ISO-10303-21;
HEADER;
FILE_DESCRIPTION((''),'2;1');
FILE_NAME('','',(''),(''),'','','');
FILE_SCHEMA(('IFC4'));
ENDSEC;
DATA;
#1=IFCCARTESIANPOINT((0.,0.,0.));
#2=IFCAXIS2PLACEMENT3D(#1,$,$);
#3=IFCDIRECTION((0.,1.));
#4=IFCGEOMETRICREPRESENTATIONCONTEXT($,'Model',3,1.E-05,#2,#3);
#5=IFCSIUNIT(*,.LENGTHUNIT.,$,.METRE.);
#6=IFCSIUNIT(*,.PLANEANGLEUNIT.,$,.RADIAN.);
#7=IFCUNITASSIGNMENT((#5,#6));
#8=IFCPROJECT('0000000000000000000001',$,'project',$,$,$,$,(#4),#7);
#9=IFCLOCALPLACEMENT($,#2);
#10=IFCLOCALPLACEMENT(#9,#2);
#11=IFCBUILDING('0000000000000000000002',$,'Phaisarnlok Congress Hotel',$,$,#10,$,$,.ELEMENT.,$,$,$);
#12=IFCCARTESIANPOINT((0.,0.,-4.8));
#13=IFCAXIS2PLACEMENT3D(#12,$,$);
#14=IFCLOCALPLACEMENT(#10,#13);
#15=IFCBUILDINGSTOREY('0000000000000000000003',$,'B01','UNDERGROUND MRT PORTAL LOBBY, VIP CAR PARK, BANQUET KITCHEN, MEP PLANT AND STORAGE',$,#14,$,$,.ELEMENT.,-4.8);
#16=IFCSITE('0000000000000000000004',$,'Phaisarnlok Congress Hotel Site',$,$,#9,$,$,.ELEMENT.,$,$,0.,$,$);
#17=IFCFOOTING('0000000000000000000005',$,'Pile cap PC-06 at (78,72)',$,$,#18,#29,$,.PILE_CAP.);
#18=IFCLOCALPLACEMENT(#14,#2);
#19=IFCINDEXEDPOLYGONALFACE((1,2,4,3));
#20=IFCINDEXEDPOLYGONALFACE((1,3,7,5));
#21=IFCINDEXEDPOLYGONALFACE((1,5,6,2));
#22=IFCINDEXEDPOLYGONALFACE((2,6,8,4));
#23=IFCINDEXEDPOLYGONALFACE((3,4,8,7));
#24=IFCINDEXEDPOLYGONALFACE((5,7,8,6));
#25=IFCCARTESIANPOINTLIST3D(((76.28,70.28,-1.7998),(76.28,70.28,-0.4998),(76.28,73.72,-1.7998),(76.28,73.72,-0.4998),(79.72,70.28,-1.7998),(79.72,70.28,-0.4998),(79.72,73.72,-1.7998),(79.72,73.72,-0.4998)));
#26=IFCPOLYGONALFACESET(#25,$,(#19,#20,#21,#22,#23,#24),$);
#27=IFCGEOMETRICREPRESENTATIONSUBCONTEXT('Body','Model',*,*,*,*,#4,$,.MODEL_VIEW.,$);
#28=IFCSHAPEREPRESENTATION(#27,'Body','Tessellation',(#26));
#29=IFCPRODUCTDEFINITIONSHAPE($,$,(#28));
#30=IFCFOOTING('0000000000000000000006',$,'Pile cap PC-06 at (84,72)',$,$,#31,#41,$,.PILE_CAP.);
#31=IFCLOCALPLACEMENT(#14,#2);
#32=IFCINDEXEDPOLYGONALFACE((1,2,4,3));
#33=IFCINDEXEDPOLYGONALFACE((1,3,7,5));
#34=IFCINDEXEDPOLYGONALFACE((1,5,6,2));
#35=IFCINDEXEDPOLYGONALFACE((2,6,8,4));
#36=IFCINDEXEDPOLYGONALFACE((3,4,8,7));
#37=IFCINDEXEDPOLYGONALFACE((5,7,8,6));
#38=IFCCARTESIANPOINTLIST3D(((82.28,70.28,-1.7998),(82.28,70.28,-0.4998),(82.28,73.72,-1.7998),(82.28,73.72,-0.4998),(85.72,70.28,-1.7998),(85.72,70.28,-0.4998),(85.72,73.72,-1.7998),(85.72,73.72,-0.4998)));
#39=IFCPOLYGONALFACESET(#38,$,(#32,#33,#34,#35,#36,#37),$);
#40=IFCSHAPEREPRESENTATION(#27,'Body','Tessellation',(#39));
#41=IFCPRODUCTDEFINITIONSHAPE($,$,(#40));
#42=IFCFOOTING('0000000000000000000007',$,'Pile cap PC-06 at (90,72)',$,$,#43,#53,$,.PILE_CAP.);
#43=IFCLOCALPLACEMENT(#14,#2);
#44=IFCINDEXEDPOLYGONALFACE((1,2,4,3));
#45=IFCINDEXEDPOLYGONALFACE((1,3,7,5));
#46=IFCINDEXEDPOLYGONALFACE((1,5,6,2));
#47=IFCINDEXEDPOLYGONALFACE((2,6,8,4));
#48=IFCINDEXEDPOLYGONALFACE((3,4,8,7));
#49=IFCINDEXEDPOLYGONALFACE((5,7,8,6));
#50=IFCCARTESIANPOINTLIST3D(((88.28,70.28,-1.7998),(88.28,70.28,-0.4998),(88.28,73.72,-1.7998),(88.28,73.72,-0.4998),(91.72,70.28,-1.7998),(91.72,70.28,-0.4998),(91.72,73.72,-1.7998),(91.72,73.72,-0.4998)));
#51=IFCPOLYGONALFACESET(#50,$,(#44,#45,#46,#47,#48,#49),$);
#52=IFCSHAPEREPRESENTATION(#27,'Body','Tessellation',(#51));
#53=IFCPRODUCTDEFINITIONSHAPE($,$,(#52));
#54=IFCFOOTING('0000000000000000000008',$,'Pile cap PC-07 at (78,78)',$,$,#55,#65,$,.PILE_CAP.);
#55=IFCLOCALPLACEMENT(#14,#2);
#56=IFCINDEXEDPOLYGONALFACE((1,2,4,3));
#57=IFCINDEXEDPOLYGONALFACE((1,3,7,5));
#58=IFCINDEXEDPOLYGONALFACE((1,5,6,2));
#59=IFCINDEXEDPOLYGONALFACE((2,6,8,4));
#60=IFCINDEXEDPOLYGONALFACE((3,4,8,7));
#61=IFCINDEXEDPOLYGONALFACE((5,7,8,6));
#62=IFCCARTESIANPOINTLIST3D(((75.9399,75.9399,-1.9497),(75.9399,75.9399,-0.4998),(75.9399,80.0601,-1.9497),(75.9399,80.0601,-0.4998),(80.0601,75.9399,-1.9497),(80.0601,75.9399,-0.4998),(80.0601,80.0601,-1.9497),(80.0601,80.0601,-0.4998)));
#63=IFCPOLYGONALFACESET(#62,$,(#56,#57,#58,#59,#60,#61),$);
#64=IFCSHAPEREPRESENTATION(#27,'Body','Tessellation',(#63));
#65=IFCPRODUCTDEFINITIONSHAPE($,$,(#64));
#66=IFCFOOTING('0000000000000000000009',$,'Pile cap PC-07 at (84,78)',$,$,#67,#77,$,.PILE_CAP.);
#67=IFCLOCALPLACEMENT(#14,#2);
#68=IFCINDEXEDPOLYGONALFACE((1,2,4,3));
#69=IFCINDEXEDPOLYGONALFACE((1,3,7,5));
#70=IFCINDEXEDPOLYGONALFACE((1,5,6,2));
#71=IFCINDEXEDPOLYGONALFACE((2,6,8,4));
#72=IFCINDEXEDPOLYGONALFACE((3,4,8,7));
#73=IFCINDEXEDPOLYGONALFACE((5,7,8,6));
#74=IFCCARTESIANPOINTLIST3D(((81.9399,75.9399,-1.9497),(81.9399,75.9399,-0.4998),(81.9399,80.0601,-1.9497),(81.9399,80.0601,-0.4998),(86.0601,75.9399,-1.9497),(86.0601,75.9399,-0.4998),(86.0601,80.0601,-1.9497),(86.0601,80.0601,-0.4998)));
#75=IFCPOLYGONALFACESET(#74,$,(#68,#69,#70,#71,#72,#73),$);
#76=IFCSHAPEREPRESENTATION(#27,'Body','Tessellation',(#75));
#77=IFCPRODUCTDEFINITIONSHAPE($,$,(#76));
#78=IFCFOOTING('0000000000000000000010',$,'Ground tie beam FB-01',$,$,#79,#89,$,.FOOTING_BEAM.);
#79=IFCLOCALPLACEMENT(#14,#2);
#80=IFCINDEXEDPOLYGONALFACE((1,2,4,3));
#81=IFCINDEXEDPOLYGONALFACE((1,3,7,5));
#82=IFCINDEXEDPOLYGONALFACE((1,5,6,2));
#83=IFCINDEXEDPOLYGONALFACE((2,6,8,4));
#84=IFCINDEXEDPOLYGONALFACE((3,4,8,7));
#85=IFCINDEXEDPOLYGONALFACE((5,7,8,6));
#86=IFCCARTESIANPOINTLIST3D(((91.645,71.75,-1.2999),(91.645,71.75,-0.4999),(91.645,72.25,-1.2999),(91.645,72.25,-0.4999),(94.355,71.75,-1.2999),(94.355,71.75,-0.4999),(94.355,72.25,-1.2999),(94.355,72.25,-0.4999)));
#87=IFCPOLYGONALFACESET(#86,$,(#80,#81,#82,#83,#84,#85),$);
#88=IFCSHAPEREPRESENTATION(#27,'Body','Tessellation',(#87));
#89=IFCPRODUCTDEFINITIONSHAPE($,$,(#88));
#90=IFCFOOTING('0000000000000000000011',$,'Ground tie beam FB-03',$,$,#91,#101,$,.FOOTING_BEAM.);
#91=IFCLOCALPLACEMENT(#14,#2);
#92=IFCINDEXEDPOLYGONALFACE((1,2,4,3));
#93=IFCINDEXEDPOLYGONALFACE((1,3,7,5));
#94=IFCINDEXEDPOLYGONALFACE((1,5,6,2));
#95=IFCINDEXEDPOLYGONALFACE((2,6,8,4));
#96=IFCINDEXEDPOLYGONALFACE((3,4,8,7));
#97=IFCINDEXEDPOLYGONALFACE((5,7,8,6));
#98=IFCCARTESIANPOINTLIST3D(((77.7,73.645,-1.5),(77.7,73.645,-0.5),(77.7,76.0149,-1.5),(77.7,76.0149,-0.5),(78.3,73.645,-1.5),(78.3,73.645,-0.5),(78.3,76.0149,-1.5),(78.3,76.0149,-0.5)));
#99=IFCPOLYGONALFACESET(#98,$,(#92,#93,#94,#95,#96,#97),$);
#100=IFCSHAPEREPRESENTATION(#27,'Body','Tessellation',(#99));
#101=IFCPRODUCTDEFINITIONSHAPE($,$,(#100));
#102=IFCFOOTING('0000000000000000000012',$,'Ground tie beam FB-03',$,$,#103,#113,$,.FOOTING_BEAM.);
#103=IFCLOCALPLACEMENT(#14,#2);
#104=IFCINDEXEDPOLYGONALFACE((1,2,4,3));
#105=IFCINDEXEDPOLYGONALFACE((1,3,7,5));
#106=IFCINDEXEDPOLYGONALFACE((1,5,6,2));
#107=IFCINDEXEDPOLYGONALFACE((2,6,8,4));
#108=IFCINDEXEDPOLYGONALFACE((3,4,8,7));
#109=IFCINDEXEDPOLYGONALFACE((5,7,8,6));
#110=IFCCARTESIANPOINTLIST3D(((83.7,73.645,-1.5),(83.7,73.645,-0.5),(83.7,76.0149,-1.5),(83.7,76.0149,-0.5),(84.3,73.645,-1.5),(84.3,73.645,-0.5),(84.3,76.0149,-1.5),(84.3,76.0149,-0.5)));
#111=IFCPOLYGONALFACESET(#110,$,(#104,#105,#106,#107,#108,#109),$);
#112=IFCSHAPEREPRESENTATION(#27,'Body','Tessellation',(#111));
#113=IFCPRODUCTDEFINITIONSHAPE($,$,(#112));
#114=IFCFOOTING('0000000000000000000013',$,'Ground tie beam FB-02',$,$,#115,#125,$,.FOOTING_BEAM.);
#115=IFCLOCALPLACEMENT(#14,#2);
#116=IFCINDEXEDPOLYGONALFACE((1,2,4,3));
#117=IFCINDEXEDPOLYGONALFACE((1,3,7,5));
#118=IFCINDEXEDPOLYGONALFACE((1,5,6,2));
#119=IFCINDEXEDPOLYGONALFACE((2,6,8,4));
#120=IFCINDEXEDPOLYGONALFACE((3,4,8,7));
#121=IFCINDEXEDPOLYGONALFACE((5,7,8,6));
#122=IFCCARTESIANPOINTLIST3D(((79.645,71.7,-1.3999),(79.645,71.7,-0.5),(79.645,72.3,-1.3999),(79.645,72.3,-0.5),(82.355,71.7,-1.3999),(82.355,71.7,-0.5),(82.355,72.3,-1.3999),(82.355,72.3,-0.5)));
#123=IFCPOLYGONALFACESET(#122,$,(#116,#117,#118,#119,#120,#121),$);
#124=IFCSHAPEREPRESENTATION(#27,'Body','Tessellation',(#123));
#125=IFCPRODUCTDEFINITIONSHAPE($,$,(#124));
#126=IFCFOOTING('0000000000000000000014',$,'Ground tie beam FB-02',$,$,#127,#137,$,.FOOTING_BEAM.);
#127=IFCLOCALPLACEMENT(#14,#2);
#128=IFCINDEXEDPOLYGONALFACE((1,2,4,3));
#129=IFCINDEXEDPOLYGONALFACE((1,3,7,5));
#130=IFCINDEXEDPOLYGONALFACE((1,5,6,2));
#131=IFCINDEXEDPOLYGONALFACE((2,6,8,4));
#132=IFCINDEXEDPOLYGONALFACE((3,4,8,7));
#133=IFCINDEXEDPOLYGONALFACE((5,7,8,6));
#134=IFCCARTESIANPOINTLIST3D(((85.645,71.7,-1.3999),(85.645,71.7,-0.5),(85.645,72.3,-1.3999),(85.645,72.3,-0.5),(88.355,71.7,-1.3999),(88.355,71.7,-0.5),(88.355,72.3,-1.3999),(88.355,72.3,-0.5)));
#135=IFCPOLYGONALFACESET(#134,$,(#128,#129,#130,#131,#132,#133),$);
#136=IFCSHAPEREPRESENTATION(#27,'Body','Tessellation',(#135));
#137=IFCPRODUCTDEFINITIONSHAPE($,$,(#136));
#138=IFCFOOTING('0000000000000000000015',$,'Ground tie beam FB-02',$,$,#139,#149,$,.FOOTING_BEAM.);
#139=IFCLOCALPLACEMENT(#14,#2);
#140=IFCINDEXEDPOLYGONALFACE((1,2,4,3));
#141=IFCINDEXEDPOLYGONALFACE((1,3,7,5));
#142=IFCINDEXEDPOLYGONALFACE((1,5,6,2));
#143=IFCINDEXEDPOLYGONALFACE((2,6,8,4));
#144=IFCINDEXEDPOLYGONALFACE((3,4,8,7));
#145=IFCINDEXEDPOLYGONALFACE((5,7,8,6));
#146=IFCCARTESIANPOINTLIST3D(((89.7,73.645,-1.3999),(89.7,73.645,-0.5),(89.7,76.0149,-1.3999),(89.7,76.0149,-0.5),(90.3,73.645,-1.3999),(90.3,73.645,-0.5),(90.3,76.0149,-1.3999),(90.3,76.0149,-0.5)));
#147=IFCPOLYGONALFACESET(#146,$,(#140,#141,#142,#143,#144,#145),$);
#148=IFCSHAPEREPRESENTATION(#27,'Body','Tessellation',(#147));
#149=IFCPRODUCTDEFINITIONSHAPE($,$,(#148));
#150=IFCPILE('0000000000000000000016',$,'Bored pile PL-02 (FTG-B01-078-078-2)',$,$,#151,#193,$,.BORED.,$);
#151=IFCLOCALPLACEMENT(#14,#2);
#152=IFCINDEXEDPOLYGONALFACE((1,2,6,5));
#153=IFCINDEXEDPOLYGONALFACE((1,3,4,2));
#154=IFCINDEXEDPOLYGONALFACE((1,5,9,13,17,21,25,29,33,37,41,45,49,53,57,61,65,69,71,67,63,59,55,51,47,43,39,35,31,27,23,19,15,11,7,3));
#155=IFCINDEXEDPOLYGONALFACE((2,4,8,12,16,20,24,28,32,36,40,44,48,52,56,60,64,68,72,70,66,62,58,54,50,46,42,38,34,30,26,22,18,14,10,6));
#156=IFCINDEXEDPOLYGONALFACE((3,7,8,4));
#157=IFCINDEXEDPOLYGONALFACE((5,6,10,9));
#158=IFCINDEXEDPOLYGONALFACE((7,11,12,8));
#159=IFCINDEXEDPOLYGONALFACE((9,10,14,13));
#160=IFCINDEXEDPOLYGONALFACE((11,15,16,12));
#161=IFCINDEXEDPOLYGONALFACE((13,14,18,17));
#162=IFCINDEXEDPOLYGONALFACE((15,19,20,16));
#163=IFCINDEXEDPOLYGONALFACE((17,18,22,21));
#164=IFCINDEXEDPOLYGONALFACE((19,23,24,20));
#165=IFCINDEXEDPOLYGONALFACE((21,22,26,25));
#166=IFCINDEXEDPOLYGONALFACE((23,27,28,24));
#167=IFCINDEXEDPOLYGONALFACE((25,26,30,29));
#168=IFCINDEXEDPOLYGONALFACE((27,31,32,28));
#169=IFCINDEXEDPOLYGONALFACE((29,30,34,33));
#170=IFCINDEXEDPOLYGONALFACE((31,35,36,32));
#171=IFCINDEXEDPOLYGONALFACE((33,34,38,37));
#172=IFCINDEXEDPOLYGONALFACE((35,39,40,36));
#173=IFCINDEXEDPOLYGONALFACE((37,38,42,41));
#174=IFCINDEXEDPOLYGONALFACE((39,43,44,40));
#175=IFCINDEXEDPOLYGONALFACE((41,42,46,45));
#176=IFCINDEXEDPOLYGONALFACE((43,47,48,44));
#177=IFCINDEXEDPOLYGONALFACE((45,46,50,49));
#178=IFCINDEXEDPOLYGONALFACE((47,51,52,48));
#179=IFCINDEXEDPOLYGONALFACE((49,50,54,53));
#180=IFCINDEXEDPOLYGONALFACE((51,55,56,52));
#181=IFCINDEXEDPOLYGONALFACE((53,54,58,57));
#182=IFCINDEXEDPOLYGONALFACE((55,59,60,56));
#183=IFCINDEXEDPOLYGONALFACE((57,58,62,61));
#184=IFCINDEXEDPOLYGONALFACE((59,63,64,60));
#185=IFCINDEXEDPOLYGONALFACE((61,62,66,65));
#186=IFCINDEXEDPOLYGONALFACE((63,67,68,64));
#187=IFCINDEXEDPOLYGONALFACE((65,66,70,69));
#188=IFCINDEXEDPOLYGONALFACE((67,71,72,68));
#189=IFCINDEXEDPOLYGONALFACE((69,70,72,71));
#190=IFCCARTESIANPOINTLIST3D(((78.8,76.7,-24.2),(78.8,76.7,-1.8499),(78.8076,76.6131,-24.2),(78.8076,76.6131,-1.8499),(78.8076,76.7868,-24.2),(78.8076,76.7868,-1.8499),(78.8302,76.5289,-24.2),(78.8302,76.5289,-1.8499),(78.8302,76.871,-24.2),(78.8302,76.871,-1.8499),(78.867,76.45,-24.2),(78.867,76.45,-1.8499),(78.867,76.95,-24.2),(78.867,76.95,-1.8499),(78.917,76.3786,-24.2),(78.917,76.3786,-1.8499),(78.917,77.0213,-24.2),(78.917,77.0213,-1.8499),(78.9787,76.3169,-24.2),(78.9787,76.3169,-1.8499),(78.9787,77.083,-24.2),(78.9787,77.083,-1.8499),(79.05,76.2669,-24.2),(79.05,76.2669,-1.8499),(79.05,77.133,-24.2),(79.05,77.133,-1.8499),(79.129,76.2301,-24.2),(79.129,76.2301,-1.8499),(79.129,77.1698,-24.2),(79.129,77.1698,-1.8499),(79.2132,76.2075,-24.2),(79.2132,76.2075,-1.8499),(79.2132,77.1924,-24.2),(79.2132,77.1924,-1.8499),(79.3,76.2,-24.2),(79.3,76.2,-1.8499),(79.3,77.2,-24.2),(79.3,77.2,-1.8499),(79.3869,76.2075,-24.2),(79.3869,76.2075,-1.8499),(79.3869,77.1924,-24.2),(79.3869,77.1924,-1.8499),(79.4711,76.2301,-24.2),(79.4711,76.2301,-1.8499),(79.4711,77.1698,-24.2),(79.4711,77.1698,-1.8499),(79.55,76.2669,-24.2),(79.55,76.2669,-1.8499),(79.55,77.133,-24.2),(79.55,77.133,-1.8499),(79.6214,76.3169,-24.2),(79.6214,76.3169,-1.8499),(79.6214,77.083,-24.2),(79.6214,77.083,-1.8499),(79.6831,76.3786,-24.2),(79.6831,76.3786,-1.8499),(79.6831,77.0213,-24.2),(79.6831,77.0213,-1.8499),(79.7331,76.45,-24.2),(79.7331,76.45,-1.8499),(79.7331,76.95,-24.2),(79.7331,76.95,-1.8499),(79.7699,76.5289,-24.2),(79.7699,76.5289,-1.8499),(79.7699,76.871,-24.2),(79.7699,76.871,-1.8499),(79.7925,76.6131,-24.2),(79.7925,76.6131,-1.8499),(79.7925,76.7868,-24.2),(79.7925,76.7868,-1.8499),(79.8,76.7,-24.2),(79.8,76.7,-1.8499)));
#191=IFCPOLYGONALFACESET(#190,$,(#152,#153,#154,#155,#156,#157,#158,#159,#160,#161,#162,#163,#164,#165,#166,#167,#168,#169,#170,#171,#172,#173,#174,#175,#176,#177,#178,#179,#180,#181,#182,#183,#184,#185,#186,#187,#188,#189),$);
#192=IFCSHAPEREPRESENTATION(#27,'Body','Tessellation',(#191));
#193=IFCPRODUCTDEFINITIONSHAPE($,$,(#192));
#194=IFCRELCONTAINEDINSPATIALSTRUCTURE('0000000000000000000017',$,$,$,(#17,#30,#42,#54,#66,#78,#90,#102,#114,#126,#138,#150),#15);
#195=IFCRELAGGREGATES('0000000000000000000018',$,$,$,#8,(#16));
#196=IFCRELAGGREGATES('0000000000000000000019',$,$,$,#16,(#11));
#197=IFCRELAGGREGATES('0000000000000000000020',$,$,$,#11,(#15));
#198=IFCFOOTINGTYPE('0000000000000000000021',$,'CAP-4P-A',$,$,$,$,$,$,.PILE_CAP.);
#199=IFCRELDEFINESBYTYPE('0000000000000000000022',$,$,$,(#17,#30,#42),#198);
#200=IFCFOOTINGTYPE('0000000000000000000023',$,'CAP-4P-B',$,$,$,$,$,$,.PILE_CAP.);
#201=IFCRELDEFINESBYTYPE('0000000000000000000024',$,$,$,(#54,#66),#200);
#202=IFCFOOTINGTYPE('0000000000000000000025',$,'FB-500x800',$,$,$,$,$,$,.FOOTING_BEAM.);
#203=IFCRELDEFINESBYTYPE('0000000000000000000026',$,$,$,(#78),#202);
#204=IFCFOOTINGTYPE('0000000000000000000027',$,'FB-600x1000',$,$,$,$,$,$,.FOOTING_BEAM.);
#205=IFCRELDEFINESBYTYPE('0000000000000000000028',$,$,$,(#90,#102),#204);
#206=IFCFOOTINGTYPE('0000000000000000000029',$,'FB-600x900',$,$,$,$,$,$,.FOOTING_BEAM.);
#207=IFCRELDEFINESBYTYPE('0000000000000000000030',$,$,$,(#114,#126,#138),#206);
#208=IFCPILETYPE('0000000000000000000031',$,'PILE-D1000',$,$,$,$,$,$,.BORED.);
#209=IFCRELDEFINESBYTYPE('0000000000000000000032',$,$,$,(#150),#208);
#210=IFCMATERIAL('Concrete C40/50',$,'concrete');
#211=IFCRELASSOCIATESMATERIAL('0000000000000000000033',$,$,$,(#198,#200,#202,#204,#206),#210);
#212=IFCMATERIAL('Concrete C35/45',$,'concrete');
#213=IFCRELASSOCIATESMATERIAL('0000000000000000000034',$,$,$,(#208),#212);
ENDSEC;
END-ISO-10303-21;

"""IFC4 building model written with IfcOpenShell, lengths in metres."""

from ifc_helpers import new_model, si_unit, direction, frame, origin, origin_2d, place, context, subcontext, project, spatial, rectangle, circle, extrude, material, material_profile, profile_set, type_object, element, save


model = new_model("IFC4")

# Units and contexts
model_context = context("Model", 3, precision=1e-05, world=origin(), true_north=direction((0.0, 1.0)))
body_context = subcontext(model_context, "Body", "Model", "MODEL_VIEW")
ifc_project = project(units=[si_unit("LENGTHUNIT", "METRE"), si_unit("PLANEANGLEUNIT", "RADIAN")], contexts=[model_context])

# Site, building, storey
site_placement = place(None, origin())
site = spatial("IfcSite", under=ifc_project, at=site_placement, Name="Phaisarnlok Congress Hotel Site", CompositionType="ELEMENT", RefElevation=0.0)
building_placement = place(site_placement, origin())
building = spatial("IfcBuilding", under=site, at=building_placement, Name="Phaisarnlok Congress Hotel", CompositionType="ELEMENT")
storey_placement = place(building_placement, frame((0.0, 0.0, -4.8)))
storey = spatial("IfcBuildingStorey", under=building, at=storey_placement, Name="B01", Description="UNDERGROUND MRT PORTAL LOBBY, VIP CAR PARK, BANQUET KITCHEN, MEP PLANT AND STORAGE", CompositionType="ELEMENT", Elevation=-4.8)

# Footings
ifc_material_1 = material(Name="Concrete C40/50", Category="concrete")
footing_type_1 = type_object("IfcFootingType", Name="CAP-4P-A", PredefinedType="PILE_CAP", material=ifc_material_1)
for number, where, z_axis, x_axis, name in (
    (1, (78.0, 72.0, -1.7998), (0.0, 0.0, 1.0), (1.0, 0.0, 0.0), "Pile cap PC-06 at (78,72)"),
    (2, (84.0, 72.0, -1.7998), (0.0, 0.0, 1.0), (1.0, 0.0, 0.0), "Pile cap PC-06 at (84,72)"),
    (3, (90.0, 72.0, -1.7998), (0.0, 0.0, 1.0), (1.0, 0.0, 0.0), "Pile cap PC-06 at (90,72)"),
):
    element("IfcFooting", number, at=place(storey_placement, frame(where, z_axis=z_axis, x_axis=x_axis)), inside=storey, type_object=footing_type_1, Name=name, PredefinedType="PILE_CAP", context=body_context, shape_type="SweptSolid", body=[
        extrude(rectangle(XDim=3.4399, YDim=3.4399, at=origin_2d()), origin(), (0.0, 0.0, 1.0), 1.3),
    ])
footing_type_2 = type_object("IfcFootingType", Name="CAP-4P-B", PredefinedType="PILE_CAP", material=ifc_material_1)
for number, where, z_axis, x_axis, name in (
    (4, (78.0, 78.0, -1.9497), (0.0, 0.0, 1.0), (1.0, 0.0, 0.0), "Pile cap PC-07 at (78,78)"),
    (5, (84.0, 78.0, -1.9497), (0.0, 0.0, 1.0), (1.0, 0.0, 0.0), "Pile cap PC-07 at (84,78)"),
):
    element("IfcFooting", number, at=place(storey_placement, frame(where, z_axis=z_axis, x_axis=x_axis)), inside=storey, type_object=footing_type_2, Name=name, PredefinedType="PILE_CAP", context=body_context, shape_type="SweptSolid", body=[
        extrude(rectangle(XDim=4.1201, YDim=4.1201, at=origin_2d()), origin(), (0.0, 0.0, 1.0), 1.45),
    ])
ifc_material_profile_1 = material_profile(ifc_material_1, rectangle(XDim=0.5, YDim=0.8, at=origin_2d()), Name="FB-500x800")
ifc_profile_set_1 = profile_set([ifc_material_profile_1], Name="Concrete C40/50")
footing_type_3 = type_object("IfcFootingType", Name="FB-500x800", PredefinedType="FOOTING_BEAM", material=ifc_profile_set_1)
footing_1_placement = place(storey_placement, frame((91.645, 72.0, -0.8999), z_axis=(1.0, 0.0, 0.0), x_axis=(0.0, 1.0, 0.0)))
element("IfcFooting", 6, at=footing_1_placement, inside=storey, type_object=footing_type_3, Name="Ground tie beam FB-01", PredefinedType="FOOTING_BEAM", context=body_context, shape_type="SweptSolid", body=[
    extrude(rectangle(XDim=0.5, YDim=0.8, at=origin_2d()), origin(), (0.0, 0.0, 1.0), 2.71),
])
ifc_material_profile_2 = material_profile(ifc_material_1, rectangle(XDim=0.6001, YDim=1.0, at=origin_2d()), Name="FB-600x1000")
ifc_profile_set_2 = profile_set([ifc_material_profile_2], Name="Concrete C40/50")
footing_type_4 = type_object("IfcFootingType", Name="FB-600x1000", PredefinedType="FOOTING_BEAM", material=ifc_profile_set_2)
for number, where, z_axis, x_axis, name in (
    (7, (78.0, 73.645, -1.0), (0.0, 1.0, 0.0), (-1.0, 0.0, 0.0), "Ground tie beam FB-03"),
    (8, (84.0, 73.645, -1.0), (0.0, 1.0, 0.0), (-1.0, 0.0, 0.0), "Ground tie beam FB-03"),
):
    element("IfcFooting", number, at=place(storey_placement, frame(where, z_axis=z_axis, x_axis=x_axis)), inside=storey, type_object=footing_type_4, Name=name, PredefinedType="FOOTING_BEAM", context=body_context, shape_type="SweptSolid", body=[
        extrude(rectangle(XDim=0.6001, YDim=1.0, at=origin_2d()), origin(), (0.0, 0.0, 1.0), 2.3699),
    ])
ifc_material_profile_3 = material_profile(ifc_material_1, rectangle(XDim=0.6001, YDim=0.8999, at=origin_2d()), Name="FB-600x900")
ifc_profile_set_3 = profile_set([ifc_material_profile_3], Name="Concrete C40/50")
footing_type_5 = type_object("IfcFootingType", Name="FB-600x900", PredefinedType="FOOTING_BEAM", material=ifc_profile_set_3)
for number, where, z_axis, x_axis, name in (
    (9, (79.645, 72.0, -0.95), (1.0, 0.0, 0.0), (0.0, 1.0, 0.0), "Ground tie beam FB-02"),
    (10, (85.645, 72.0, -0.95), (1.0, 0.0, 0.0), (0.0, 1.0, 0.0), "Ground tie beam FB-02"),
):
    element("IfcFooting", number, at=place(storey_placement, frame(where, z_axis=z_axis, x_axis=x_axis)), inside=storey, type_object=footing_type_5, Name=name, PredefinedType="FOOTING_BEAM", context=body_context, shape_type="SweptSolid", body=[
        extrude(rectangle(XDim=0.6001, YDim=0.8999, at=origin_2d()), origin(), (0.0, 0.0, 1.0), 2.71),
    ])
footing_2_placement = place(storey_placement, frame((90.0, 73.645, -0.95), z_axis=(0.0, 1.0, 0.0), x_axis=(-1.0, 0.0, 0.0)))
element("IfcFooting", 11, at=footing_2_placement, inside=storey, type_object=footing_type_5, Name="Ground tie beam FB-02", PredefinedType="FOOTING_BEAM", context=body_context, shape_type="SweptSolid", body=[
    extrude(rectangle(XDim=0.6001, YDim=0.8999, at=origin_2d()), origin(), (0.0, 0.0, 1.0), 2.3699),
])

# Pile
ifc_material_2 = material(Name="Concrete C35/45", Category="concrete")
ifc_material_profile_4 = material_profile(ifc_material_2, circle(Radius=0.5, at=origin_2d()), Name="BORED PILE D1000")
ifc_profile_set_4 = profile_set([ifc_material_profile_4], Name="Concrete C35/45")
pile_type_1 = type_object("IfcPileType", Name="PILE-D1000", PredefinedType="BORED", material=ifc_profile_set_4)
for number, where, z_axis, x_axis, name in (
    (12, (79.3, 76.7, -1.8499), (0.0, 0.0, -1.0), (1.0, 0.0, 0.0), "Bored pile PL-02 (FTG-B01-078-078-2)"),
):
    element("IfcPile", number, at=place(storey_placement, frame(where, z_axis=z_axis, x_axis=x_axis)), inside=storey, type_object=pile_type_1, Name=name, PredefinedType="BORED", context=body_context, shape_type="SweptSolid", body=[
        extrude(circle(Radius=0.5, at=origin_2d()), origin(), (0.0, 0.0, 1.0), 22.3501),
    ])

save(model, "model.ifc")
